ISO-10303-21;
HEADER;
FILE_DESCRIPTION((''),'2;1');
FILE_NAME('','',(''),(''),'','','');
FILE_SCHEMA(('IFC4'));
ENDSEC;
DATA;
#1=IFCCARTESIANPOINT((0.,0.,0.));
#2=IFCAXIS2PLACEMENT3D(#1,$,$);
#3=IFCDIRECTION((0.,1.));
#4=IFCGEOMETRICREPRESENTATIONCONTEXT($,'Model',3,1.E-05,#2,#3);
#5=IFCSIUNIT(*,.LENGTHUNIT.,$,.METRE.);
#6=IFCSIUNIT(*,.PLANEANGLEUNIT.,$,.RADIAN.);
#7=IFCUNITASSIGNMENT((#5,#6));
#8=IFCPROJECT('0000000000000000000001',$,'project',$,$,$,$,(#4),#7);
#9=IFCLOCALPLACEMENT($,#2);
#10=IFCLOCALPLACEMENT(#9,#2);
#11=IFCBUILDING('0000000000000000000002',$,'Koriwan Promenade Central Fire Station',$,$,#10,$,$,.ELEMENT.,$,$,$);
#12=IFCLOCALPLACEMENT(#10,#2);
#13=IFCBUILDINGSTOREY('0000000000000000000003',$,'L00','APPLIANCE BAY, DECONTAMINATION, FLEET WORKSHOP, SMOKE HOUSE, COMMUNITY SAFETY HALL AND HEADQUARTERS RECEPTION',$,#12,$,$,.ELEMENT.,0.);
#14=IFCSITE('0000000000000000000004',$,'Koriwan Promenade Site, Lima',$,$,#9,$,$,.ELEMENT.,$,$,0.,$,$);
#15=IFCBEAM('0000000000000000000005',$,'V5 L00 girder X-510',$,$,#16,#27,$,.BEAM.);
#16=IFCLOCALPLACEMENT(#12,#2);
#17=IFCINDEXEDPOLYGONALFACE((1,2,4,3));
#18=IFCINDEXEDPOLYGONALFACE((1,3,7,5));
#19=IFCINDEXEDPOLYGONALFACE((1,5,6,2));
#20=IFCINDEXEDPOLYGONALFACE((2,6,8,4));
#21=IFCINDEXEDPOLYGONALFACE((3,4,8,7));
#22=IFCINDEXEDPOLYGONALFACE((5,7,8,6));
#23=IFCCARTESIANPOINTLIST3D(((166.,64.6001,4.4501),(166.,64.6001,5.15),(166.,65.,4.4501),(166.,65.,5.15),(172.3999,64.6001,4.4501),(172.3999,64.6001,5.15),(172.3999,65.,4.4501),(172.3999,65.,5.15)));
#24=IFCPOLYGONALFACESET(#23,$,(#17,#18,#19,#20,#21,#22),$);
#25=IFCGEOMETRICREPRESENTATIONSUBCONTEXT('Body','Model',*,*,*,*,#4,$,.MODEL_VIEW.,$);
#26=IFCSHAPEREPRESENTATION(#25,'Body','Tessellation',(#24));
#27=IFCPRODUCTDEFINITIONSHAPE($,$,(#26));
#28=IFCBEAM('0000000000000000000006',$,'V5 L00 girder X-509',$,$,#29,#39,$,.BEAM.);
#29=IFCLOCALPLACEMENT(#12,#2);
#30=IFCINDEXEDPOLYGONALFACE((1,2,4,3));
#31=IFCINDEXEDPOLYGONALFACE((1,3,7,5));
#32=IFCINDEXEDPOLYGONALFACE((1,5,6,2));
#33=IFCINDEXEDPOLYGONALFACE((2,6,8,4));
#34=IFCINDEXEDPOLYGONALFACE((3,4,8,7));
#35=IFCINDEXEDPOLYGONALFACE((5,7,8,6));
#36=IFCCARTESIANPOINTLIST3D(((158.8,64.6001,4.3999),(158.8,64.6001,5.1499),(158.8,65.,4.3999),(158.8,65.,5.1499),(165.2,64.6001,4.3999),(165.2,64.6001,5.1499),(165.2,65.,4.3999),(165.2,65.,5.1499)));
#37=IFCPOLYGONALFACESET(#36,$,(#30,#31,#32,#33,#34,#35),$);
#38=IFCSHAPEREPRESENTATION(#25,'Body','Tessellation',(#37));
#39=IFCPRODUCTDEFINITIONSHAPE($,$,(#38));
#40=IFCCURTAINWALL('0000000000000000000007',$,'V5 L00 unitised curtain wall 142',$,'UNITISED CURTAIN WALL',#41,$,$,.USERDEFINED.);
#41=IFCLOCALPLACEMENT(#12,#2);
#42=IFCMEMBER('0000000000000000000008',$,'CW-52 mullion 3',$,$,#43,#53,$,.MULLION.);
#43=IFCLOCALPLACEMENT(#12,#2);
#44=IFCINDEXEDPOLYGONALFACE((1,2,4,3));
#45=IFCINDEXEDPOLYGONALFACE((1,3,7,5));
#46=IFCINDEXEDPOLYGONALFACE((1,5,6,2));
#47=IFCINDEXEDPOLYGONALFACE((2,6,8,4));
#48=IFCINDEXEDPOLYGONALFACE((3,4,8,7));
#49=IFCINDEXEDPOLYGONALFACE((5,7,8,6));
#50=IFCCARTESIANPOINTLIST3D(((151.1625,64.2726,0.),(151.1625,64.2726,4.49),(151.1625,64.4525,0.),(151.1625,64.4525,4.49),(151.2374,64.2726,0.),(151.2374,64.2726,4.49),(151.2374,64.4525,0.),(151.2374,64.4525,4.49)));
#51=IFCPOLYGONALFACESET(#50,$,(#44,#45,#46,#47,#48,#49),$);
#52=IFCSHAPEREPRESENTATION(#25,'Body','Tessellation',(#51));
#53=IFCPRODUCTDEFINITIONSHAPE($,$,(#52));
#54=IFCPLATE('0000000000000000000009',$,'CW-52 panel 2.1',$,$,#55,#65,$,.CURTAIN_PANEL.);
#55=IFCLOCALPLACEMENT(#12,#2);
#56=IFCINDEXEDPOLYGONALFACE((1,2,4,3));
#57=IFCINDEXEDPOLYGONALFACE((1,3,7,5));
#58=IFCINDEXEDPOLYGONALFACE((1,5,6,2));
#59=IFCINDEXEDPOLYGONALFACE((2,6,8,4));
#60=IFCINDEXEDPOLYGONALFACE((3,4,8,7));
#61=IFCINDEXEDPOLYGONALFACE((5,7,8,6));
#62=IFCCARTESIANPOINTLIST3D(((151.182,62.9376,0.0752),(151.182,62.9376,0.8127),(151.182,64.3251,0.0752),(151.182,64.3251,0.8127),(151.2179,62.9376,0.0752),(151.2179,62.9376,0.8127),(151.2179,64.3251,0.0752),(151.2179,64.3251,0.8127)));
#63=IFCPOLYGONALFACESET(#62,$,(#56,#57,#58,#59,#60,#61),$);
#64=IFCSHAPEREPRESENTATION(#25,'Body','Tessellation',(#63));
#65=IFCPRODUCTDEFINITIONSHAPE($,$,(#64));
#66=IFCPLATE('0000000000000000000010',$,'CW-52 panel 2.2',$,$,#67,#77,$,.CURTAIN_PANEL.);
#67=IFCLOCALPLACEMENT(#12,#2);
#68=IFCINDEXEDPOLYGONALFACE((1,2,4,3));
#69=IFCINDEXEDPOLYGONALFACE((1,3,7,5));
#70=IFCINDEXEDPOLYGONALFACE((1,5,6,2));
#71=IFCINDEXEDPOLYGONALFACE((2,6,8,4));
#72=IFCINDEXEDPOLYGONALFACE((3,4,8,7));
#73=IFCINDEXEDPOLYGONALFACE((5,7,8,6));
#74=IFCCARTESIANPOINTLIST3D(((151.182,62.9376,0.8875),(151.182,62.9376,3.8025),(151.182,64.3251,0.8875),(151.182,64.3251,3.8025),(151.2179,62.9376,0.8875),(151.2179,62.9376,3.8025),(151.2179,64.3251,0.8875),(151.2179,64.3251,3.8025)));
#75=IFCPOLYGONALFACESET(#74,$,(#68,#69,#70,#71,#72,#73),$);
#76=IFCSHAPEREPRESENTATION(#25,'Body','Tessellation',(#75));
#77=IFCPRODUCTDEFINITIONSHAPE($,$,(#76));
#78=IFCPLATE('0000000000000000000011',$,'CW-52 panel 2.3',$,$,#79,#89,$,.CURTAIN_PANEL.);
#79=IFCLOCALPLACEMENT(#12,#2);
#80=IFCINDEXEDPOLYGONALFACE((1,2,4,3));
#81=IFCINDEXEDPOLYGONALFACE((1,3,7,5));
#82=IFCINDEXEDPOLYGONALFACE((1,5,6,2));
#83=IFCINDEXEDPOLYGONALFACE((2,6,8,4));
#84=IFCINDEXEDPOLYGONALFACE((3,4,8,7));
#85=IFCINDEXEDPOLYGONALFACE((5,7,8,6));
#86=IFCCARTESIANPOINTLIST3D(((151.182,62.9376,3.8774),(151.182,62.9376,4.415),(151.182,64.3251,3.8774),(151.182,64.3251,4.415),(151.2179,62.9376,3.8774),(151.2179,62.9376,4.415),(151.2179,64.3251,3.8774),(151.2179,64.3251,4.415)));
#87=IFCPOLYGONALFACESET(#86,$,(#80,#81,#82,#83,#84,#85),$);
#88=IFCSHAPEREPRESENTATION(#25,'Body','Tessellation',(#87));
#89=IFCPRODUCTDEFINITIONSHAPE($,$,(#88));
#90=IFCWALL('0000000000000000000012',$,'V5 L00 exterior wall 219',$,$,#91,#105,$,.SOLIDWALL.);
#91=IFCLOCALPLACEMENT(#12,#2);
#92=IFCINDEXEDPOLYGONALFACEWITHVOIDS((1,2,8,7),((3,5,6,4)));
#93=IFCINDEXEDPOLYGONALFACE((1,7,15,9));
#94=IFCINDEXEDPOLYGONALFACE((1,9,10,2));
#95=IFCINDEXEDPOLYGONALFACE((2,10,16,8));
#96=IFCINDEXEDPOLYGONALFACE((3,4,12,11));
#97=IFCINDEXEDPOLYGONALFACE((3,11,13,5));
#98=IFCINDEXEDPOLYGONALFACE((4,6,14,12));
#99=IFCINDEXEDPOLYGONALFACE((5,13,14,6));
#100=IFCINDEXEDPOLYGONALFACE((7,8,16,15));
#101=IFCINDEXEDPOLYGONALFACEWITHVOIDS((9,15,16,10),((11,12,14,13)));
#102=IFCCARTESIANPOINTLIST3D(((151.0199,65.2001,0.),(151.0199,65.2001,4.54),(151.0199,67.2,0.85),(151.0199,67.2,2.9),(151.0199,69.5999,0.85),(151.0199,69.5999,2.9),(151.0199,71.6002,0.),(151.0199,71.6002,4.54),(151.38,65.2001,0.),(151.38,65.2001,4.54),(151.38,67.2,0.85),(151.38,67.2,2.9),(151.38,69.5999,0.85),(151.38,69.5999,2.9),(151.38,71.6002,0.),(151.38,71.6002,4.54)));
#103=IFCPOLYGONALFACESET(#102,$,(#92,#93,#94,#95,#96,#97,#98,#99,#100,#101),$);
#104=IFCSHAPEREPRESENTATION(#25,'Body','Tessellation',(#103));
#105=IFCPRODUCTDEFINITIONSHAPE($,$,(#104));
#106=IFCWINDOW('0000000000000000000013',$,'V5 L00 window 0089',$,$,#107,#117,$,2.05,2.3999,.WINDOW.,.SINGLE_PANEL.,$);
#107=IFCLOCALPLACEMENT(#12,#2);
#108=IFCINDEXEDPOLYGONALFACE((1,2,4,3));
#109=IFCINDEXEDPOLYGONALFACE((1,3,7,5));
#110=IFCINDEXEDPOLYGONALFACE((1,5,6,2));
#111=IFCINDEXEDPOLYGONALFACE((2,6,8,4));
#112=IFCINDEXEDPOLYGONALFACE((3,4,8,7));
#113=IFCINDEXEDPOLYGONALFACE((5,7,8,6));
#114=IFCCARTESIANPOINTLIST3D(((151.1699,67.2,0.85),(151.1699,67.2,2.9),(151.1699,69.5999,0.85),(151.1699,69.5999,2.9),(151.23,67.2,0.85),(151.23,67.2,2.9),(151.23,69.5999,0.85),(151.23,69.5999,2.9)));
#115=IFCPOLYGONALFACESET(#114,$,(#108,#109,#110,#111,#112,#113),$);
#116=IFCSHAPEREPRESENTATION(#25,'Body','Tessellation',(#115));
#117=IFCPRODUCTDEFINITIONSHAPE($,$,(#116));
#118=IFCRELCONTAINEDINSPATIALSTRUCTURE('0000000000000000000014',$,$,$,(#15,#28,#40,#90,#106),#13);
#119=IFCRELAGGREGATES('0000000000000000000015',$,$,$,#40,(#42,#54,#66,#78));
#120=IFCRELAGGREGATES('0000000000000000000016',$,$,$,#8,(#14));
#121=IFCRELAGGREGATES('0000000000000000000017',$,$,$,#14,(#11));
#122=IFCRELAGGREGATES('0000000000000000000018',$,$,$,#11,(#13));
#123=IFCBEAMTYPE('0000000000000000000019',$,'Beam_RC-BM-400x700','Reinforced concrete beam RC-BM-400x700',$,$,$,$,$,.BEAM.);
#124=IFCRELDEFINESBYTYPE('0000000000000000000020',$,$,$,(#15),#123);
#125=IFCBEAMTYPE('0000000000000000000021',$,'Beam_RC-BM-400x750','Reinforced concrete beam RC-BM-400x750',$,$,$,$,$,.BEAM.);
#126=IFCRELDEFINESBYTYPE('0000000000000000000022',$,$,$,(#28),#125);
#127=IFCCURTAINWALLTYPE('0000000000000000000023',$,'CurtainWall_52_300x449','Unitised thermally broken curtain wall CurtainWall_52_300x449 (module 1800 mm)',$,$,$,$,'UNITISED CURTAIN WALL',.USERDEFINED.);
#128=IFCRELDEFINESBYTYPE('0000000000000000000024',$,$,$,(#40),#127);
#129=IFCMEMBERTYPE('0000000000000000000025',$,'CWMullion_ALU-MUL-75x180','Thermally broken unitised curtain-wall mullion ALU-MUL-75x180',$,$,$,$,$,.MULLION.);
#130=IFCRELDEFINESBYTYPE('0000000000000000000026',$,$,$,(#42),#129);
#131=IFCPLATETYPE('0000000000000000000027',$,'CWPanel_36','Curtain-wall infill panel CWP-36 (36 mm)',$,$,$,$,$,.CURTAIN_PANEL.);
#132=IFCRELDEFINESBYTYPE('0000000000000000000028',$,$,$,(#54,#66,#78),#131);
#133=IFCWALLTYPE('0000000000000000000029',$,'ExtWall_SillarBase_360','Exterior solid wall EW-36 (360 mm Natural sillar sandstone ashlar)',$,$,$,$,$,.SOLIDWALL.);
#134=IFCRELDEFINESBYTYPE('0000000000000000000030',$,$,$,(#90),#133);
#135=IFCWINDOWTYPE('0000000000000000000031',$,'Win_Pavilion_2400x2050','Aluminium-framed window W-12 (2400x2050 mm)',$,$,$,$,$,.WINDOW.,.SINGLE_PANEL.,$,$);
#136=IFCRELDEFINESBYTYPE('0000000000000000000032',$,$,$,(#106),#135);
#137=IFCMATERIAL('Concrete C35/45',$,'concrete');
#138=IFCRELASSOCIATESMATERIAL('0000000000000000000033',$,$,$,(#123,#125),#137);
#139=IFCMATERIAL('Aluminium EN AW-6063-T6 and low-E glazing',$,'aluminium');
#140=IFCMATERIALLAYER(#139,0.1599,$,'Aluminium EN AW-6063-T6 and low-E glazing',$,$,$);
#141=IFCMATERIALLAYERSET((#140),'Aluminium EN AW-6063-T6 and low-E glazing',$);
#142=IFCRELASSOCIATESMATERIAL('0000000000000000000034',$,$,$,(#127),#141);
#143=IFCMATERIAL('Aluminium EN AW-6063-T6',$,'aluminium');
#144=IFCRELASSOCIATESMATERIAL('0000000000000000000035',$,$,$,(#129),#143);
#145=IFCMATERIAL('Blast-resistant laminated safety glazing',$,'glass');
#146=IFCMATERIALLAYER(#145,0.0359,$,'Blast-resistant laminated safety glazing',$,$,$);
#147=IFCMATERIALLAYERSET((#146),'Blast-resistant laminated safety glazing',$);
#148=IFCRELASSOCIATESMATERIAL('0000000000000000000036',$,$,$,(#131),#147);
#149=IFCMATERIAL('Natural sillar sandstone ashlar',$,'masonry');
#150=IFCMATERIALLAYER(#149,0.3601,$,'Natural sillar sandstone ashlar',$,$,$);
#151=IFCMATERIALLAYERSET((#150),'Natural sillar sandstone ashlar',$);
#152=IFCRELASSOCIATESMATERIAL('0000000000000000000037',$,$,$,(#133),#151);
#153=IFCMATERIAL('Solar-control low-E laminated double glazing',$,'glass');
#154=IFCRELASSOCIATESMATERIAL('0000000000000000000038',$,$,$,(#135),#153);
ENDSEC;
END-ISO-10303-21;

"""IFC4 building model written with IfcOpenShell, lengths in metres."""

from ifc_helpers import new_model, si_unit, direction, frame, frame_2d, origin, origin_2d, place, context, subcontext, project, spatial, rectangle, extrude, material, layer, layer_set, material_profile, profile_set, type_object, element, fill, aggregate, save


model = new_model("IFC4")

# Units and contexts
model_context = context("Model", 3, precision=1e-05, world=origin(), true_north=direction((0.0, 1.0)))
body_context = subcontext(model_context, "Body", "Model", "MODEL_VIEW")
ifc_project = project(units=[si_unit("LENGTHUNIT", "METRE"), si_unit("PLANEANGLEUNIT", "RADIAN")], contexts=[model_context])

# Site, building, storey
site_placement = place(None, origin())
site = spatial("IfcSite", under=ifc_project, at=site_placement, Name="Koriwan Promenade Site, Lima", CompositionType="ELEMENT", RefElevation=0.0)
building_placement = place(site_placement, origin())
building = spatial("IfcBuilding", under=site, at=building_placement, Name="Koriwan Promenade Central Fire Station", CompositionType="ELEMENT")
storey_placement = place(building_placement, origin())
storey = spatial("IfcBuildingStorey", under=building, at=storey_placement, Name="L00", Description="APPLIANCE BAY, DECONTAMINATION, FLEET WORKSHOP, SMOKE HOUSE, COMMUNITY SAFETY HALL AND HEADQUARTERS RECEPTION", CompositionType="ELEMENT", Elevation=0.0)

# Shared definitions
ifc_material_1 = material(Name="Concrete C35/45", Category="concrete")

# Beams
ifc_material_profile_1 = material_profile(ifc_material_1, rectangle(XDim=0.3999, YDim=0.7, at=origin_2d()), Name="RC-BM-400x700")
ifc_profile_set_1 = profile_set([ifc_material_profile_1], Name="Concrete C35/45")
beam_type_1 = type_object("IfcBeamType", Name="Beam_RC-BM-400x700", Description="Reinforced concrete beam RC-BM-400x700", PredefinedType="BEAM", material=ifc_profile_set_1)
for number, where, z_axis, x_axis, name in (
    (1, (166.0, 64.8, 4.8), (1.0, 0.0, 0.0), (0.0, 1.0, 0.0), "V5 L00 girder X-510"),
):
    element("IfcBeam", number, at=place(storey_placement, frame(where, z_axis=z_axis, x_axis=x_axis)), inside=storey, type_object=beam_type_1, Name=name, PredefinedType="BEAM", context=body_context, shape_type="SweptSolid", body=[
        extrude(rectangle(XDim=0.3999, YDim=0.7, at=origin_2d()), origin(), (0.0, 0.0, 1.0), 6.3999),
    ])
ifc_material_profile_2 = material_profile(ifc_material_1, rectangle(XDim=0.3999, YDim=0.75, at=origin_2d()), Name="RC-BM-400x750")
ifc_profile_set_2 = profile_set([ifc_material_profile_2], Name="Concrete C35/45")
beam_type_2 = type_object("IfcBeamType", Name="Beam_RC-BM-400x750", Description="Reinforced concrete beam RC-BM-400x750", PredefinedType="BEAM", material=ifc_profile_set_2)
beam_1_placement = place(storey_placement, frame((158.8, 64.8, 4.7749), z_axis=(1.0, 0.0, 0.0), x_axis=(0.0, 1.0, 0.0)))
element("IfcBeam", 2, at=beam_1_placement, inside=storey, type_object=beam_type_2, Name="V5 L00 girder X-509", PredefinedType="BEAM", context=body_context, shape_type="SweptSolid", body=[
    extrude(rectangle(XDim=0.3999, YDim=0.75, at=origin_2d()), origin(), (0.0, 0.0, 1.0), 6.3999),
])

# Curtain wall, member, plates
ifc_material_2 = material(Name="Aluminium EN AW-6063-T6 and low-E glazing", Category="aluminium")
ifc_layer_1 = layer(ifc_material_2, 0.1599, Name="Aluminium EN AW-6063-T6 and low-E glazing")
ifc_layer_set_1 = layer_set([ifc_layer_1], Name="Aluminium EN AW-6063-T6 and low-E glazing")
curtain_wall_type = type_object("IfcCurtainWallType", Name="CurtainWall_52_300x449", Description="Unitised thermally broken curtain wall CurtainWall_52_300x449 (module 1800 mm)", ElementType="UNITISED CURTAIN WALL", PredefinedType="USERDEFINED", material=ifc_layer_set_1)
curtain_wall_placement = place(storey_placement, origin())
curtain_wall = element("IfcCurtainWall", 3, at=curtain_wall_placement, inside=storey, type_object=curtain_wall_type, Name="V5 L00 unitised curtain wall 142", ObjectType="UNITISED CURTAIN WALL", PredefinedType="USERDEFINED")
ifc_material_3 = material(Name="Aluminium EN AW-6063-T6", Category="aluminium")
ifc_material_profile_3 = material_profile(ifc_material_3, rectangle(XDim=0.075, YDim=0.1799, at=origin_2d()), Name="ALU-MUL-75x180")
ifc_profile_set_3 = profile_set([ifc_material_profile_3], Name="Aluminium EN AW-6063-T6")
member_type = type_object("IfcMemberType", Name="CWMullion_ALU-MUL-75x180", Description="Thermally broken unitised curtain-wall mullion ALU-MUL-75x180", PredefinedType="MULLION", material=ifc_profile_set_3)
member_placement = place(storey_placement, frame((151.2, 64.3625, 0.0), z_axis=(0.0, 0.0, 1.0), x_axis=(-1.0, 0.0, 0.0)))
member = element("IfcMember", 4, at=member_placement, type_object=member_type, Name="CW-52 mullion 3", PredefinedType="MULLION", context=body_context, shape_type="SweptSolid", body=[
    extrude(rectangle(XDim=0.075, YDim=0.1799, at=origin_2d()), origin(), (0.0, 0.0, 1.0), 4.49),
])
ifc_material_4 = material(Name="Blast-resistant laminated safety glazing", Category="glass")
ifc_layer_2 = layer(ifc_material_4, 0.0359, Name="Blast-resistant laminated safety glazing")
ifc_layer_set_2 = layer_set([ifc_layer_2], Name="Blast-resistant laminated safety glazing")
plate_type = type_object("IfcPlateType", Name="CWPanel_36", Description="Curtain-wall infill panel CWP-36 (36 mm)", PredefinedType="CURTAIN_PANEL", material=ifc_layer_set_2)
plate_1_placement = place(storey_placement, frame((151.2, 63.6313, 0.0752), z_axis=(0.0, 0.0, 1.0), x_axis=(0.0, 1.0, 0.0)))
plate_1 = element("IfcPlate", 5, at=plate_1_placement, type_object=plate_type, Name="CW-52 panel 2.1", PredefinedType="CURTAIN_PANEL", context=body_context, shape_type="SweptSolid", body=[
    extrude(rectangle(XDim=1.3875, YDim=0.0359, at=origin_2d()), origin(), (0.0, 0.0, 1.0), 0.7375),
])
plate_2_placement = place(storey_placement, frame((151.2, 63.6313, 0.8875), z_axis=(0.0, 0.0, 1.0), x_axis=(0.0, 1.0, 0.0)))
plate_2 = element("IfcPlate", 6, at=plate_2_placement, type_object=plate_type, Name="CW-52 panel 2.2", PredefinedType="CURTAIN_PANEL", context=body_context, shape_type="SweptSolid", body=[
    extrude(rectangle(XDim=1.3875, YDim=0.0359, at=origin_2d()), origin(), (0.0, 0.0, 1.0), 2.915),
])
plate_3_placement = place(storey_placement, frame((151.2, 63.6313, 3.8774), z_axis=(0.0, 0.0, 1.0), x_axis=(0.0, 1.0, 0.0)))
plate_3 = element("IfcPlate", 7, at=plate_3_placement, type_object=plate_type, Name="CW-52 panel 2.3", PredefinedType="CURTAIN_PANEL", context=body_context, shape_type="SweptSolid", body=[
    extrude(rectangle(XDim=1.3875, YDim=0.0359, at=origin_2d()), origin(), (0.0, 0.0, 1.0), 0.5376),
])
aggregate(curtain_wall, [member, plate_1, plate_2, plate_3])

# Wall, opening, window
ifc_material_5 = material(Name="Natural sillar sandstone ashlar", Category="masonry")
ifc_layer_3 = layer(ifc_material_5, 0.3601, Name="Natural sillar sandstone ashlar")
ifc_layer_set_3 = layer_set([ifc_layer_3], Name="Natural sillar sandstone ashlar")
wall_type = type_object("IfcWallType", Name="ExtWall_SillarBase_360", Description="Exterior solid wall EW-36 (360 mm Natural sillar sandstone ashlar)", PredefinedType="SOLIDWALL", material=ifc_layer_set_3)
wall_placement = place(storey_placement, frame((151.2, 65.2, 0.0), z_axis=(0.0, 0.0, 1.0), x_axis=(0.0, 1.0, 0.0)))
wall = element("IfcWall", 8, at=wall_placement, inside=storey, type_object=wall_type, Name="V5 L00 exterior wall 219", PredefinedType="SOLIDWALL", context=body_context, shape_type="SweptSolid", body=[
    extrude(rectangle(XDim=6.4001, YDim=0.3601, at=frame_2d((3.2002, 0.0))), origin(), (0.0, 0.0, 1.0), 4.54),
])
opening_placement = place(wall_placement, frame((2.0, 0.0, 0.8501)))
opening = element("IfcOpeningElement", 9, at=opening_placement, cuts=wall, PredefinedType="OPENING", context=body_context, shape_type="SweptSolid", body=[
    extrude(rectangle(XDim=2.3999, YDim=2.05, at=frame_2d((1.2, 1.0249))), frame((0.0, 0.1919, 0.0), z_axis=(0.0, -1.0, 0.0), x_axis=(1.0, 0.0, 0.0)), (0.0, 0.0, 1.0), 0.384),
])
ifc_material_6 = material(Name="Solar-control low-E laminated double glazing", Category="glass")
window_type = type_object("IfcWindowType", Name="Win_Pavilion_2400x2050", Description="Aluminium-framed window W-12 (2400x2050 mm)", PartitioningType="SINGLE_PANEL", PredefinedType="WINDOW", material=ifc_material_6)
window_placement = place(opening_placement, origin())
window = element("IfcWindow", 10, at=window_placement, inside=storey, type_object=window_type, Name="V5 L00 window 0089", OverallHeight=2.05, OverallWidth=2.3999, PartitioningType="SINGLE_PANEL", PredefinedType="WINDOW", context=body_context, shape_type="SweptSolid", body=[
    extrude(rectangle(XDim=2.3999, YDim=2.05, at=frame_2d((1.2, 1.0249))), frame((0.0, 0.03, 0.0), z_axis=(0.0, -1.0, 0.0), x_axis=(1.0, 0.0, 0.0)), (0.0, 0.0, 1.0), 0.0601),
])
fill(opening, window)

save(model, "model.ifc")
